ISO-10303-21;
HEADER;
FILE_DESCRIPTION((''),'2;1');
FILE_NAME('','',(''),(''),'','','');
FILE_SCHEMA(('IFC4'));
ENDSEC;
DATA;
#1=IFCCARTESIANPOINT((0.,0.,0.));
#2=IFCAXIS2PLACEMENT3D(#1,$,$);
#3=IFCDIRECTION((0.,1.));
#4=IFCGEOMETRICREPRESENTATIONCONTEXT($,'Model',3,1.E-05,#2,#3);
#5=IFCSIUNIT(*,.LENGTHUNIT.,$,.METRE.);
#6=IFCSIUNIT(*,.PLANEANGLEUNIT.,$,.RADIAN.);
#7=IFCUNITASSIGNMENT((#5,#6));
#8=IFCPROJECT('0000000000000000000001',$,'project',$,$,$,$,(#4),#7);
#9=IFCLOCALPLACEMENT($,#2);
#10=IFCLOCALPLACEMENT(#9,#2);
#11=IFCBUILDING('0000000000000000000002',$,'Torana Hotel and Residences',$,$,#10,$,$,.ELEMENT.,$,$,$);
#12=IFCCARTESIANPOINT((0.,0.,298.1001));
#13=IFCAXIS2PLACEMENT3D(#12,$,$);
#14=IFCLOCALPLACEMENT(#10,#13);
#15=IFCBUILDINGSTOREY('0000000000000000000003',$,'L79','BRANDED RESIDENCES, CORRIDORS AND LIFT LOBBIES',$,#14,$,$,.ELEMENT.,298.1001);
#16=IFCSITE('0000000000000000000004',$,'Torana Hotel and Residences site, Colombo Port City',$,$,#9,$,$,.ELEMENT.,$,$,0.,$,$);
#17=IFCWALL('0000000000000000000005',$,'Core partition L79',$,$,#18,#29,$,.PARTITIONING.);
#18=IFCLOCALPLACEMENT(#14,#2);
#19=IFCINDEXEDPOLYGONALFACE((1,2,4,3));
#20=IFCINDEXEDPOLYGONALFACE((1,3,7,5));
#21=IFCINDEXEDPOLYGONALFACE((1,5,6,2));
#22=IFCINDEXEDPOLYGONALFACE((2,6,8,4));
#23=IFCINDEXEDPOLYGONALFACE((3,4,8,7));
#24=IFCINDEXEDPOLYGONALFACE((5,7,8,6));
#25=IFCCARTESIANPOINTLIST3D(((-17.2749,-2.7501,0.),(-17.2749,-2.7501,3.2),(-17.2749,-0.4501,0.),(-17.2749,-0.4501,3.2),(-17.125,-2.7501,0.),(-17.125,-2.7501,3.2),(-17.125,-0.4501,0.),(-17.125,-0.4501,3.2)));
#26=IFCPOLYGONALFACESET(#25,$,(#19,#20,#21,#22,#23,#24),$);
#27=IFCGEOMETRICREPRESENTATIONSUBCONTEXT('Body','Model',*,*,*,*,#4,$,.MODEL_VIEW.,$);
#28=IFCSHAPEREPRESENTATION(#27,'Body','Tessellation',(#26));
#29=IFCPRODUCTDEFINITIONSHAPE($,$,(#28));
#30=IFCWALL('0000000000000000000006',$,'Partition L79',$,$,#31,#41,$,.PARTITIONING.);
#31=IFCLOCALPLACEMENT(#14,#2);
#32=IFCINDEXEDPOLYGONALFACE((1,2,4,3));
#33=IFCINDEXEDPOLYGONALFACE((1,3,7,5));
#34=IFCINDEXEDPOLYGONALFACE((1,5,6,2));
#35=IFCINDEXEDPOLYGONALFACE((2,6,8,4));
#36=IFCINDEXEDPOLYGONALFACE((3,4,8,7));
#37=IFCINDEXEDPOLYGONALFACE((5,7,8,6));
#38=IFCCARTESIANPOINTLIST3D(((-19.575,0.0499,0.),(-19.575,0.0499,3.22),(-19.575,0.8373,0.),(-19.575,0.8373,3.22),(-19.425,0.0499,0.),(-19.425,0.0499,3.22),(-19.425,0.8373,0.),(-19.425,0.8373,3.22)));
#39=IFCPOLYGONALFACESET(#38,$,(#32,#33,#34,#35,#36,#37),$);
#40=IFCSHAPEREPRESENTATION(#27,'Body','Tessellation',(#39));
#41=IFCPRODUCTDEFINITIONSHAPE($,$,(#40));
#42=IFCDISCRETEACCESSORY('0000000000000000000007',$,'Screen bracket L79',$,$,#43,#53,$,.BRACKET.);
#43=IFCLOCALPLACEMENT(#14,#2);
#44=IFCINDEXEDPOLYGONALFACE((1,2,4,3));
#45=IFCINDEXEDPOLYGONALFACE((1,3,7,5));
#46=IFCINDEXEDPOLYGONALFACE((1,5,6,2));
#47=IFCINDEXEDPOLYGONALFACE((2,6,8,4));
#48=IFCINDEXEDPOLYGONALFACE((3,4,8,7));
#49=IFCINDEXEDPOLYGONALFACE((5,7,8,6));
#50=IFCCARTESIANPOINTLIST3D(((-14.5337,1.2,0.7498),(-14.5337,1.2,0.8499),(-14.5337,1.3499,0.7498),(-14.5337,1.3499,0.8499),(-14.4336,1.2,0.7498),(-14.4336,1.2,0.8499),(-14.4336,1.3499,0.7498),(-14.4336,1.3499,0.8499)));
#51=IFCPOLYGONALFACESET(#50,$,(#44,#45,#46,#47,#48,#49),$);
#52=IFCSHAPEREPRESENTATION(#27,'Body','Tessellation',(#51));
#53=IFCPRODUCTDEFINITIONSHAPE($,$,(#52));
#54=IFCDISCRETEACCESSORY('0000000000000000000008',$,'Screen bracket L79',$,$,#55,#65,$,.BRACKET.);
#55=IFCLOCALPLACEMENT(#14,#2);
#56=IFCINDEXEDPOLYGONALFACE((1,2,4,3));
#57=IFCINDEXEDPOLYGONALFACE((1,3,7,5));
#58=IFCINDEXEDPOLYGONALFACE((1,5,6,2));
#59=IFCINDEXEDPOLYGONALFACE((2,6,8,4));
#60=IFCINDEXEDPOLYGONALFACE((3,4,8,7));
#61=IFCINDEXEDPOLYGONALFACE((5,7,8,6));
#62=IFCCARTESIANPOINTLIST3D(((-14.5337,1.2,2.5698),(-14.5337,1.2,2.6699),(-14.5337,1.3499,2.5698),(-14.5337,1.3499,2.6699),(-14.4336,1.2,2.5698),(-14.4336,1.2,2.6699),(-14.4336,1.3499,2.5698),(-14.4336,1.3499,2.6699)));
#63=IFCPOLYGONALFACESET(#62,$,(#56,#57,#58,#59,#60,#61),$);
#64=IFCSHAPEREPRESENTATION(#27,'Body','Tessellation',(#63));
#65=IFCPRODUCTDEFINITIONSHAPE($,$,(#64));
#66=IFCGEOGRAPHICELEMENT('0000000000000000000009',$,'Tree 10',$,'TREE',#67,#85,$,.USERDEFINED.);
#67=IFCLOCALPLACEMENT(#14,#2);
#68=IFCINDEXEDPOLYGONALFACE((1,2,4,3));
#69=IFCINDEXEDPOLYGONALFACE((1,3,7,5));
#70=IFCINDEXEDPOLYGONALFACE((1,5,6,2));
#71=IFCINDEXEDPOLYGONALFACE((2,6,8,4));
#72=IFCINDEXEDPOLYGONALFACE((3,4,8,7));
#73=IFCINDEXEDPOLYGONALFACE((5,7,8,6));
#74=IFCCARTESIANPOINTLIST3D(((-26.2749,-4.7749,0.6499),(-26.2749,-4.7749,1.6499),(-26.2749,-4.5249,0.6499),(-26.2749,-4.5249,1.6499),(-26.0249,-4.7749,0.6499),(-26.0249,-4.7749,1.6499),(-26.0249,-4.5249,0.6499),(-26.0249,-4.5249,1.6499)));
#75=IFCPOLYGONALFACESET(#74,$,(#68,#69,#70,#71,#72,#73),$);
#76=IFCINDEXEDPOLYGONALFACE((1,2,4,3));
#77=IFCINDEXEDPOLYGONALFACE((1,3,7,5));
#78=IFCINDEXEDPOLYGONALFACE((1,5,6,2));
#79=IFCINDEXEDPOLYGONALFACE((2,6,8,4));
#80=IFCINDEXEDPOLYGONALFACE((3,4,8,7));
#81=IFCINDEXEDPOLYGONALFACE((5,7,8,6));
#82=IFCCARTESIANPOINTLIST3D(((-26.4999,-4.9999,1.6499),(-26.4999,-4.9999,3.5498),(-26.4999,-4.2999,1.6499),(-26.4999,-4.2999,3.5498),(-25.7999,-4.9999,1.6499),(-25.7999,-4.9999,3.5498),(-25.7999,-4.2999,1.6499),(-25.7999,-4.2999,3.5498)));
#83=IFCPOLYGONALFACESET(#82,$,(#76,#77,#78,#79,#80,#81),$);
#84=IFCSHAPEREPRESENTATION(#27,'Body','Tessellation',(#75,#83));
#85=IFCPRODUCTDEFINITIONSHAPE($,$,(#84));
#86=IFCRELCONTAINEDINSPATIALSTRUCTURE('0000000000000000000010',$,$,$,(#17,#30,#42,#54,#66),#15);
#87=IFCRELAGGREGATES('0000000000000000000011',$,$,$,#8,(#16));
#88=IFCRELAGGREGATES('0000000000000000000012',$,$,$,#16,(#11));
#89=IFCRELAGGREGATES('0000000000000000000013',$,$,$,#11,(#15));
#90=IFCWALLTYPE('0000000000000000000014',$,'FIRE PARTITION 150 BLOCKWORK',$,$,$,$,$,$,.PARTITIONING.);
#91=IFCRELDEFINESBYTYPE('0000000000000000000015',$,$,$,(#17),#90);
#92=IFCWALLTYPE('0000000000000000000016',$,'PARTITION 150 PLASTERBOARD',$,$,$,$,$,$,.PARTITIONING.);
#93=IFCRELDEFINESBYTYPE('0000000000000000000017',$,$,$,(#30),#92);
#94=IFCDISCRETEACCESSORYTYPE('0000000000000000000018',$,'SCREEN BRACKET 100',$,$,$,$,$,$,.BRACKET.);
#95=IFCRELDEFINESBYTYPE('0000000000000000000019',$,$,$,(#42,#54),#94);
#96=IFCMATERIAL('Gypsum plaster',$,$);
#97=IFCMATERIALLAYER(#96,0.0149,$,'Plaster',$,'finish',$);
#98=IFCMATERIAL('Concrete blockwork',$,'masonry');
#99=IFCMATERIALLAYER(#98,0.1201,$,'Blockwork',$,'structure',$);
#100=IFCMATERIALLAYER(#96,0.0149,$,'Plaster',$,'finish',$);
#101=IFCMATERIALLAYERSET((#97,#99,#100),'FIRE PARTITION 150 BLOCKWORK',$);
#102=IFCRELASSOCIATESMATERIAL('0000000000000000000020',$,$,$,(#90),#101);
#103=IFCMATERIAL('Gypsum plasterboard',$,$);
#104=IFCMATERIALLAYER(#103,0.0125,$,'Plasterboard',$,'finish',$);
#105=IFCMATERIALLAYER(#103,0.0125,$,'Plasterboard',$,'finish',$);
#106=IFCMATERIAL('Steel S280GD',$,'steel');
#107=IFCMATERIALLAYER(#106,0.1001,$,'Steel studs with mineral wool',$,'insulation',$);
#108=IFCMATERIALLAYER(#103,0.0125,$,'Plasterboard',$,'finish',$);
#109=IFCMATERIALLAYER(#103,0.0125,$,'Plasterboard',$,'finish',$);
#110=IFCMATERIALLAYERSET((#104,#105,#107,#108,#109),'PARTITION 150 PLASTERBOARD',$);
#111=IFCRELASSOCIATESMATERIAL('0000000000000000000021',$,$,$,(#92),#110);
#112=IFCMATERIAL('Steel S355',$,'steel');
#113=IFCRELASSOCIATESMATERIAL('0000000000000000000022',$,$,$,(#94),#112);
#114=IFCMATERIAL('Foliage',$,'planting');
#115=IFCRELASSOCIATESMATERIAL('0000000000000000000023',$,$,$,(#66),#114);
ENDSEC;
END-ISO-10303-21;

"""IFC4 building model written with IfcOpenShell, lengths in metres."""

from ifc_helpers import new_model, si_unit, direction, frame, frame_2d, origin, origin_2d, place, context, subcontext, project, spatial, rectangle, extrude, material, layer, layer_set, type_object, element, save


model = new_model("IFC4")

# Units and contexts
model_context = context("Model", 3, precision=1e-05, world=origin(), true_north=direction((0.0, 1.0)))
body_context = subcontext(model_context, "Body", "Model", "MODEL_VIEW")
ifc_project = project(units=[si_unit("LENGTHUNIT", "METRE"), si_unit("PLANEANGLEUNIT", "RADIAN")], contexts=[model_context])

# Site, building, storey
site_placement = place(None, origin())
site = spatial("IfcSite", under=ifc_project, at=site_placement, Name="Torana Hotel and Residences site, Colombo Port City", CompositionType="ELEMENT", RefElevation=0.0)
building_placement = place(site_placement, origin())
building = spatial("IfcBuilding", under=site, at=building_placement, Name="Torana Hotel and Residences", CompositionType="ELEMENT")
storey_placement = place(building_placement, frame((0.0, 0.0, 298.1001)))
storey = spatial("IfcBuildingStorey", under=building, at=storey_placement, Name="L79", Description="BRANDED RESIDENCES, CORRIDORS AND LIFT LOBBIES", CompositionType="ELEMENT", Elevation=298.1001)

# Shared definitions
ifc_material_1 = material(Name="Steel S280GD", Category="steel")

# Walls
ifc_material_2 = material(Name="Gypsum plaster")
ifc_layer_1 = layer(ifc_material_2, 0.0149, Name="Plaster", Category="finish")
ifc_material_3 = material(Name="Concrete blockwork", Category="masonry")
ifc_layer_2 = layer(ifc_material_3, 0.1201, Name="Blockwork", Category="structure")
ifc_layer_3 = layer(ifc_material_2, 0.0149, Name="Plaster", Category="finish")
ifc_layer_set_1 = layer_set([ifc_layer_1, ifc_layer_2, ifc_layer_3], Name="FIRE PARTITION 150 BLOCKWORK")
wall_type_1 = type_object("IfcWallType", Name="FIRE PARTITION 150 BLOCKWORK", PredefinedType="PARTITIONING", material=ifc_layer_set_1)
wall_1_placement = place(storey_placement, frame((-17.2, -2.75, 0.0), z_axis=(0.0, 0.0, 1.0), x_axis=(0.0, 1.0, 0.0)))
element("IfcWall", 1, at=wall_1_placement, inside=storey, type_object=wall_type_1, Name="Core partition L79", PredefinedType="PARTITIONING", context=body_context, shape_type="SweptSolid", body=[
    extrude(rectangle(XDim=2.3, YDim=0.1499, at=frame_2d((1.1499, 0.0))), origin(), (0.0, 0.0, 1.0), 3.2),
])
ifc_material_4 = material(Name="Gypsum plasterboard")
ifc_layer_4 = layer(ifc_material_4, 0.0125, Name="Plasterboard", Category="finish")
ifc_layer_5 = layer(ifc_material_4, 0.0125, Name="Plasterboard", Category="finish")
ifc_layer_6 = layer(ifc_material_1, 0.1001, Name="Steel studs with mineral wool", Category="insulation")
ifc_layer_7 = layer(ifc_material_4, 0.0125, Name="Plasterboard", Category="finish")
ifc_layer_8 = layer(ifc_material_4, 0.0125, Name="Plasterboard", Category="finish")
ifc_layer_set_2 = layer_set([ifc_layer_4, ifc_layer_5, ifc_layer_6, ifc_layer_7, ifc_layer_8], Name="PARTITION 150 PLASTERBOARD")
wall_type_2 = type_object("IfcWallType", Name="PARTITION 150 PLASTERBOARD", PredefinedType="PARTITIONING", material=ifc_layer_set_2)
wall_2_placement = place(storey_placement, frame((-19.5, 0.05, 0.0), z_axis=(0.0, 0.0, 1.0), x_axis=(0.0, 1.0, 0.0)))
element("IfcWall", 2, at=wall_2_placement, inside=storey, type_object=wall_type_2, Name="Partition L79", PredefinedType="PARTITIONING", context=body_context, shape_type="SweptSolid", body=[
    extrude(rectangle(XDim=0.7874, YDim=0.1499, at=frame_2d((0.3936, 0.0))), origin(), (0.0, 0.0, 1.0), 3.22),
])

# Discrete accessories
ifc_material_5 = material(Name="Steel S355", Category="steel")
discrete_accessory_type = type_object("IfcDiscreteAccessoryType", Name="SCREEN BRACKET 100", PredefinedType="BRACKET", material=ifc_material_5)
for number, where, z_axis, x_axis, name in (
    (3, (-14.4836, 1.2749, 0.7498), (0.0, 0.0, 1.0), (-1.0, 0.0, 0.0), "Screen bracket L79"),
    (4, (-14.4836, 1.2749, 2.5698), (0.0, 0.0, 1.0), (-1.0, 0.0, 0.0), "Screen bracket L79"),
):
    element("IfcDiscreteAccessory", number, at=place(storey_placement, frame(where, z_axis=z_axis, x_axis=x_axis)), inside=storey, type_object=discrete_accessory_type, Name=name, PredefinedType="BRACKET", context=body_context, shape_type="SweptSolid", body=[
        extrude(rectangle(XDim=0.1001, YDim=0.1499, at=origin_2d()), origin(), (0.0, 0.0, 1.0), 0.1001),
    ])

# Geographic element
ifc_material_6 = material(Name="Foliage", Category="planting")
geographic_element_placement = place(storey_placement, frame((-26.1499, -4.6499, 0.6499), z_axis=(0.0, 0.0, 1.0), x_axis=(1.0, 0.0, 0.0)))
element("IfcGeographicElement", 5, at=geographic_element_placement, inside=storey, material=ifc_material_6, Name="Tree 10", ObjectType="TREE", PredefinedType="USERDEFINED", context=body_context, shape_type="SweptSolid", body=[
    extrude(rectangle(XDim=0.25, YDim=0.25, at=origin_2d()), origin(), (0.0, 0.0, 1.0), 1.0),
    extrude(rectangle(XDim=0.7, YDim=0.7, at=origin_2d()), frame((0.0, 0.0, 1.0)), (0.0, 0.0, 1.0), 1.8999),
])

save(model, "model.ifc")
